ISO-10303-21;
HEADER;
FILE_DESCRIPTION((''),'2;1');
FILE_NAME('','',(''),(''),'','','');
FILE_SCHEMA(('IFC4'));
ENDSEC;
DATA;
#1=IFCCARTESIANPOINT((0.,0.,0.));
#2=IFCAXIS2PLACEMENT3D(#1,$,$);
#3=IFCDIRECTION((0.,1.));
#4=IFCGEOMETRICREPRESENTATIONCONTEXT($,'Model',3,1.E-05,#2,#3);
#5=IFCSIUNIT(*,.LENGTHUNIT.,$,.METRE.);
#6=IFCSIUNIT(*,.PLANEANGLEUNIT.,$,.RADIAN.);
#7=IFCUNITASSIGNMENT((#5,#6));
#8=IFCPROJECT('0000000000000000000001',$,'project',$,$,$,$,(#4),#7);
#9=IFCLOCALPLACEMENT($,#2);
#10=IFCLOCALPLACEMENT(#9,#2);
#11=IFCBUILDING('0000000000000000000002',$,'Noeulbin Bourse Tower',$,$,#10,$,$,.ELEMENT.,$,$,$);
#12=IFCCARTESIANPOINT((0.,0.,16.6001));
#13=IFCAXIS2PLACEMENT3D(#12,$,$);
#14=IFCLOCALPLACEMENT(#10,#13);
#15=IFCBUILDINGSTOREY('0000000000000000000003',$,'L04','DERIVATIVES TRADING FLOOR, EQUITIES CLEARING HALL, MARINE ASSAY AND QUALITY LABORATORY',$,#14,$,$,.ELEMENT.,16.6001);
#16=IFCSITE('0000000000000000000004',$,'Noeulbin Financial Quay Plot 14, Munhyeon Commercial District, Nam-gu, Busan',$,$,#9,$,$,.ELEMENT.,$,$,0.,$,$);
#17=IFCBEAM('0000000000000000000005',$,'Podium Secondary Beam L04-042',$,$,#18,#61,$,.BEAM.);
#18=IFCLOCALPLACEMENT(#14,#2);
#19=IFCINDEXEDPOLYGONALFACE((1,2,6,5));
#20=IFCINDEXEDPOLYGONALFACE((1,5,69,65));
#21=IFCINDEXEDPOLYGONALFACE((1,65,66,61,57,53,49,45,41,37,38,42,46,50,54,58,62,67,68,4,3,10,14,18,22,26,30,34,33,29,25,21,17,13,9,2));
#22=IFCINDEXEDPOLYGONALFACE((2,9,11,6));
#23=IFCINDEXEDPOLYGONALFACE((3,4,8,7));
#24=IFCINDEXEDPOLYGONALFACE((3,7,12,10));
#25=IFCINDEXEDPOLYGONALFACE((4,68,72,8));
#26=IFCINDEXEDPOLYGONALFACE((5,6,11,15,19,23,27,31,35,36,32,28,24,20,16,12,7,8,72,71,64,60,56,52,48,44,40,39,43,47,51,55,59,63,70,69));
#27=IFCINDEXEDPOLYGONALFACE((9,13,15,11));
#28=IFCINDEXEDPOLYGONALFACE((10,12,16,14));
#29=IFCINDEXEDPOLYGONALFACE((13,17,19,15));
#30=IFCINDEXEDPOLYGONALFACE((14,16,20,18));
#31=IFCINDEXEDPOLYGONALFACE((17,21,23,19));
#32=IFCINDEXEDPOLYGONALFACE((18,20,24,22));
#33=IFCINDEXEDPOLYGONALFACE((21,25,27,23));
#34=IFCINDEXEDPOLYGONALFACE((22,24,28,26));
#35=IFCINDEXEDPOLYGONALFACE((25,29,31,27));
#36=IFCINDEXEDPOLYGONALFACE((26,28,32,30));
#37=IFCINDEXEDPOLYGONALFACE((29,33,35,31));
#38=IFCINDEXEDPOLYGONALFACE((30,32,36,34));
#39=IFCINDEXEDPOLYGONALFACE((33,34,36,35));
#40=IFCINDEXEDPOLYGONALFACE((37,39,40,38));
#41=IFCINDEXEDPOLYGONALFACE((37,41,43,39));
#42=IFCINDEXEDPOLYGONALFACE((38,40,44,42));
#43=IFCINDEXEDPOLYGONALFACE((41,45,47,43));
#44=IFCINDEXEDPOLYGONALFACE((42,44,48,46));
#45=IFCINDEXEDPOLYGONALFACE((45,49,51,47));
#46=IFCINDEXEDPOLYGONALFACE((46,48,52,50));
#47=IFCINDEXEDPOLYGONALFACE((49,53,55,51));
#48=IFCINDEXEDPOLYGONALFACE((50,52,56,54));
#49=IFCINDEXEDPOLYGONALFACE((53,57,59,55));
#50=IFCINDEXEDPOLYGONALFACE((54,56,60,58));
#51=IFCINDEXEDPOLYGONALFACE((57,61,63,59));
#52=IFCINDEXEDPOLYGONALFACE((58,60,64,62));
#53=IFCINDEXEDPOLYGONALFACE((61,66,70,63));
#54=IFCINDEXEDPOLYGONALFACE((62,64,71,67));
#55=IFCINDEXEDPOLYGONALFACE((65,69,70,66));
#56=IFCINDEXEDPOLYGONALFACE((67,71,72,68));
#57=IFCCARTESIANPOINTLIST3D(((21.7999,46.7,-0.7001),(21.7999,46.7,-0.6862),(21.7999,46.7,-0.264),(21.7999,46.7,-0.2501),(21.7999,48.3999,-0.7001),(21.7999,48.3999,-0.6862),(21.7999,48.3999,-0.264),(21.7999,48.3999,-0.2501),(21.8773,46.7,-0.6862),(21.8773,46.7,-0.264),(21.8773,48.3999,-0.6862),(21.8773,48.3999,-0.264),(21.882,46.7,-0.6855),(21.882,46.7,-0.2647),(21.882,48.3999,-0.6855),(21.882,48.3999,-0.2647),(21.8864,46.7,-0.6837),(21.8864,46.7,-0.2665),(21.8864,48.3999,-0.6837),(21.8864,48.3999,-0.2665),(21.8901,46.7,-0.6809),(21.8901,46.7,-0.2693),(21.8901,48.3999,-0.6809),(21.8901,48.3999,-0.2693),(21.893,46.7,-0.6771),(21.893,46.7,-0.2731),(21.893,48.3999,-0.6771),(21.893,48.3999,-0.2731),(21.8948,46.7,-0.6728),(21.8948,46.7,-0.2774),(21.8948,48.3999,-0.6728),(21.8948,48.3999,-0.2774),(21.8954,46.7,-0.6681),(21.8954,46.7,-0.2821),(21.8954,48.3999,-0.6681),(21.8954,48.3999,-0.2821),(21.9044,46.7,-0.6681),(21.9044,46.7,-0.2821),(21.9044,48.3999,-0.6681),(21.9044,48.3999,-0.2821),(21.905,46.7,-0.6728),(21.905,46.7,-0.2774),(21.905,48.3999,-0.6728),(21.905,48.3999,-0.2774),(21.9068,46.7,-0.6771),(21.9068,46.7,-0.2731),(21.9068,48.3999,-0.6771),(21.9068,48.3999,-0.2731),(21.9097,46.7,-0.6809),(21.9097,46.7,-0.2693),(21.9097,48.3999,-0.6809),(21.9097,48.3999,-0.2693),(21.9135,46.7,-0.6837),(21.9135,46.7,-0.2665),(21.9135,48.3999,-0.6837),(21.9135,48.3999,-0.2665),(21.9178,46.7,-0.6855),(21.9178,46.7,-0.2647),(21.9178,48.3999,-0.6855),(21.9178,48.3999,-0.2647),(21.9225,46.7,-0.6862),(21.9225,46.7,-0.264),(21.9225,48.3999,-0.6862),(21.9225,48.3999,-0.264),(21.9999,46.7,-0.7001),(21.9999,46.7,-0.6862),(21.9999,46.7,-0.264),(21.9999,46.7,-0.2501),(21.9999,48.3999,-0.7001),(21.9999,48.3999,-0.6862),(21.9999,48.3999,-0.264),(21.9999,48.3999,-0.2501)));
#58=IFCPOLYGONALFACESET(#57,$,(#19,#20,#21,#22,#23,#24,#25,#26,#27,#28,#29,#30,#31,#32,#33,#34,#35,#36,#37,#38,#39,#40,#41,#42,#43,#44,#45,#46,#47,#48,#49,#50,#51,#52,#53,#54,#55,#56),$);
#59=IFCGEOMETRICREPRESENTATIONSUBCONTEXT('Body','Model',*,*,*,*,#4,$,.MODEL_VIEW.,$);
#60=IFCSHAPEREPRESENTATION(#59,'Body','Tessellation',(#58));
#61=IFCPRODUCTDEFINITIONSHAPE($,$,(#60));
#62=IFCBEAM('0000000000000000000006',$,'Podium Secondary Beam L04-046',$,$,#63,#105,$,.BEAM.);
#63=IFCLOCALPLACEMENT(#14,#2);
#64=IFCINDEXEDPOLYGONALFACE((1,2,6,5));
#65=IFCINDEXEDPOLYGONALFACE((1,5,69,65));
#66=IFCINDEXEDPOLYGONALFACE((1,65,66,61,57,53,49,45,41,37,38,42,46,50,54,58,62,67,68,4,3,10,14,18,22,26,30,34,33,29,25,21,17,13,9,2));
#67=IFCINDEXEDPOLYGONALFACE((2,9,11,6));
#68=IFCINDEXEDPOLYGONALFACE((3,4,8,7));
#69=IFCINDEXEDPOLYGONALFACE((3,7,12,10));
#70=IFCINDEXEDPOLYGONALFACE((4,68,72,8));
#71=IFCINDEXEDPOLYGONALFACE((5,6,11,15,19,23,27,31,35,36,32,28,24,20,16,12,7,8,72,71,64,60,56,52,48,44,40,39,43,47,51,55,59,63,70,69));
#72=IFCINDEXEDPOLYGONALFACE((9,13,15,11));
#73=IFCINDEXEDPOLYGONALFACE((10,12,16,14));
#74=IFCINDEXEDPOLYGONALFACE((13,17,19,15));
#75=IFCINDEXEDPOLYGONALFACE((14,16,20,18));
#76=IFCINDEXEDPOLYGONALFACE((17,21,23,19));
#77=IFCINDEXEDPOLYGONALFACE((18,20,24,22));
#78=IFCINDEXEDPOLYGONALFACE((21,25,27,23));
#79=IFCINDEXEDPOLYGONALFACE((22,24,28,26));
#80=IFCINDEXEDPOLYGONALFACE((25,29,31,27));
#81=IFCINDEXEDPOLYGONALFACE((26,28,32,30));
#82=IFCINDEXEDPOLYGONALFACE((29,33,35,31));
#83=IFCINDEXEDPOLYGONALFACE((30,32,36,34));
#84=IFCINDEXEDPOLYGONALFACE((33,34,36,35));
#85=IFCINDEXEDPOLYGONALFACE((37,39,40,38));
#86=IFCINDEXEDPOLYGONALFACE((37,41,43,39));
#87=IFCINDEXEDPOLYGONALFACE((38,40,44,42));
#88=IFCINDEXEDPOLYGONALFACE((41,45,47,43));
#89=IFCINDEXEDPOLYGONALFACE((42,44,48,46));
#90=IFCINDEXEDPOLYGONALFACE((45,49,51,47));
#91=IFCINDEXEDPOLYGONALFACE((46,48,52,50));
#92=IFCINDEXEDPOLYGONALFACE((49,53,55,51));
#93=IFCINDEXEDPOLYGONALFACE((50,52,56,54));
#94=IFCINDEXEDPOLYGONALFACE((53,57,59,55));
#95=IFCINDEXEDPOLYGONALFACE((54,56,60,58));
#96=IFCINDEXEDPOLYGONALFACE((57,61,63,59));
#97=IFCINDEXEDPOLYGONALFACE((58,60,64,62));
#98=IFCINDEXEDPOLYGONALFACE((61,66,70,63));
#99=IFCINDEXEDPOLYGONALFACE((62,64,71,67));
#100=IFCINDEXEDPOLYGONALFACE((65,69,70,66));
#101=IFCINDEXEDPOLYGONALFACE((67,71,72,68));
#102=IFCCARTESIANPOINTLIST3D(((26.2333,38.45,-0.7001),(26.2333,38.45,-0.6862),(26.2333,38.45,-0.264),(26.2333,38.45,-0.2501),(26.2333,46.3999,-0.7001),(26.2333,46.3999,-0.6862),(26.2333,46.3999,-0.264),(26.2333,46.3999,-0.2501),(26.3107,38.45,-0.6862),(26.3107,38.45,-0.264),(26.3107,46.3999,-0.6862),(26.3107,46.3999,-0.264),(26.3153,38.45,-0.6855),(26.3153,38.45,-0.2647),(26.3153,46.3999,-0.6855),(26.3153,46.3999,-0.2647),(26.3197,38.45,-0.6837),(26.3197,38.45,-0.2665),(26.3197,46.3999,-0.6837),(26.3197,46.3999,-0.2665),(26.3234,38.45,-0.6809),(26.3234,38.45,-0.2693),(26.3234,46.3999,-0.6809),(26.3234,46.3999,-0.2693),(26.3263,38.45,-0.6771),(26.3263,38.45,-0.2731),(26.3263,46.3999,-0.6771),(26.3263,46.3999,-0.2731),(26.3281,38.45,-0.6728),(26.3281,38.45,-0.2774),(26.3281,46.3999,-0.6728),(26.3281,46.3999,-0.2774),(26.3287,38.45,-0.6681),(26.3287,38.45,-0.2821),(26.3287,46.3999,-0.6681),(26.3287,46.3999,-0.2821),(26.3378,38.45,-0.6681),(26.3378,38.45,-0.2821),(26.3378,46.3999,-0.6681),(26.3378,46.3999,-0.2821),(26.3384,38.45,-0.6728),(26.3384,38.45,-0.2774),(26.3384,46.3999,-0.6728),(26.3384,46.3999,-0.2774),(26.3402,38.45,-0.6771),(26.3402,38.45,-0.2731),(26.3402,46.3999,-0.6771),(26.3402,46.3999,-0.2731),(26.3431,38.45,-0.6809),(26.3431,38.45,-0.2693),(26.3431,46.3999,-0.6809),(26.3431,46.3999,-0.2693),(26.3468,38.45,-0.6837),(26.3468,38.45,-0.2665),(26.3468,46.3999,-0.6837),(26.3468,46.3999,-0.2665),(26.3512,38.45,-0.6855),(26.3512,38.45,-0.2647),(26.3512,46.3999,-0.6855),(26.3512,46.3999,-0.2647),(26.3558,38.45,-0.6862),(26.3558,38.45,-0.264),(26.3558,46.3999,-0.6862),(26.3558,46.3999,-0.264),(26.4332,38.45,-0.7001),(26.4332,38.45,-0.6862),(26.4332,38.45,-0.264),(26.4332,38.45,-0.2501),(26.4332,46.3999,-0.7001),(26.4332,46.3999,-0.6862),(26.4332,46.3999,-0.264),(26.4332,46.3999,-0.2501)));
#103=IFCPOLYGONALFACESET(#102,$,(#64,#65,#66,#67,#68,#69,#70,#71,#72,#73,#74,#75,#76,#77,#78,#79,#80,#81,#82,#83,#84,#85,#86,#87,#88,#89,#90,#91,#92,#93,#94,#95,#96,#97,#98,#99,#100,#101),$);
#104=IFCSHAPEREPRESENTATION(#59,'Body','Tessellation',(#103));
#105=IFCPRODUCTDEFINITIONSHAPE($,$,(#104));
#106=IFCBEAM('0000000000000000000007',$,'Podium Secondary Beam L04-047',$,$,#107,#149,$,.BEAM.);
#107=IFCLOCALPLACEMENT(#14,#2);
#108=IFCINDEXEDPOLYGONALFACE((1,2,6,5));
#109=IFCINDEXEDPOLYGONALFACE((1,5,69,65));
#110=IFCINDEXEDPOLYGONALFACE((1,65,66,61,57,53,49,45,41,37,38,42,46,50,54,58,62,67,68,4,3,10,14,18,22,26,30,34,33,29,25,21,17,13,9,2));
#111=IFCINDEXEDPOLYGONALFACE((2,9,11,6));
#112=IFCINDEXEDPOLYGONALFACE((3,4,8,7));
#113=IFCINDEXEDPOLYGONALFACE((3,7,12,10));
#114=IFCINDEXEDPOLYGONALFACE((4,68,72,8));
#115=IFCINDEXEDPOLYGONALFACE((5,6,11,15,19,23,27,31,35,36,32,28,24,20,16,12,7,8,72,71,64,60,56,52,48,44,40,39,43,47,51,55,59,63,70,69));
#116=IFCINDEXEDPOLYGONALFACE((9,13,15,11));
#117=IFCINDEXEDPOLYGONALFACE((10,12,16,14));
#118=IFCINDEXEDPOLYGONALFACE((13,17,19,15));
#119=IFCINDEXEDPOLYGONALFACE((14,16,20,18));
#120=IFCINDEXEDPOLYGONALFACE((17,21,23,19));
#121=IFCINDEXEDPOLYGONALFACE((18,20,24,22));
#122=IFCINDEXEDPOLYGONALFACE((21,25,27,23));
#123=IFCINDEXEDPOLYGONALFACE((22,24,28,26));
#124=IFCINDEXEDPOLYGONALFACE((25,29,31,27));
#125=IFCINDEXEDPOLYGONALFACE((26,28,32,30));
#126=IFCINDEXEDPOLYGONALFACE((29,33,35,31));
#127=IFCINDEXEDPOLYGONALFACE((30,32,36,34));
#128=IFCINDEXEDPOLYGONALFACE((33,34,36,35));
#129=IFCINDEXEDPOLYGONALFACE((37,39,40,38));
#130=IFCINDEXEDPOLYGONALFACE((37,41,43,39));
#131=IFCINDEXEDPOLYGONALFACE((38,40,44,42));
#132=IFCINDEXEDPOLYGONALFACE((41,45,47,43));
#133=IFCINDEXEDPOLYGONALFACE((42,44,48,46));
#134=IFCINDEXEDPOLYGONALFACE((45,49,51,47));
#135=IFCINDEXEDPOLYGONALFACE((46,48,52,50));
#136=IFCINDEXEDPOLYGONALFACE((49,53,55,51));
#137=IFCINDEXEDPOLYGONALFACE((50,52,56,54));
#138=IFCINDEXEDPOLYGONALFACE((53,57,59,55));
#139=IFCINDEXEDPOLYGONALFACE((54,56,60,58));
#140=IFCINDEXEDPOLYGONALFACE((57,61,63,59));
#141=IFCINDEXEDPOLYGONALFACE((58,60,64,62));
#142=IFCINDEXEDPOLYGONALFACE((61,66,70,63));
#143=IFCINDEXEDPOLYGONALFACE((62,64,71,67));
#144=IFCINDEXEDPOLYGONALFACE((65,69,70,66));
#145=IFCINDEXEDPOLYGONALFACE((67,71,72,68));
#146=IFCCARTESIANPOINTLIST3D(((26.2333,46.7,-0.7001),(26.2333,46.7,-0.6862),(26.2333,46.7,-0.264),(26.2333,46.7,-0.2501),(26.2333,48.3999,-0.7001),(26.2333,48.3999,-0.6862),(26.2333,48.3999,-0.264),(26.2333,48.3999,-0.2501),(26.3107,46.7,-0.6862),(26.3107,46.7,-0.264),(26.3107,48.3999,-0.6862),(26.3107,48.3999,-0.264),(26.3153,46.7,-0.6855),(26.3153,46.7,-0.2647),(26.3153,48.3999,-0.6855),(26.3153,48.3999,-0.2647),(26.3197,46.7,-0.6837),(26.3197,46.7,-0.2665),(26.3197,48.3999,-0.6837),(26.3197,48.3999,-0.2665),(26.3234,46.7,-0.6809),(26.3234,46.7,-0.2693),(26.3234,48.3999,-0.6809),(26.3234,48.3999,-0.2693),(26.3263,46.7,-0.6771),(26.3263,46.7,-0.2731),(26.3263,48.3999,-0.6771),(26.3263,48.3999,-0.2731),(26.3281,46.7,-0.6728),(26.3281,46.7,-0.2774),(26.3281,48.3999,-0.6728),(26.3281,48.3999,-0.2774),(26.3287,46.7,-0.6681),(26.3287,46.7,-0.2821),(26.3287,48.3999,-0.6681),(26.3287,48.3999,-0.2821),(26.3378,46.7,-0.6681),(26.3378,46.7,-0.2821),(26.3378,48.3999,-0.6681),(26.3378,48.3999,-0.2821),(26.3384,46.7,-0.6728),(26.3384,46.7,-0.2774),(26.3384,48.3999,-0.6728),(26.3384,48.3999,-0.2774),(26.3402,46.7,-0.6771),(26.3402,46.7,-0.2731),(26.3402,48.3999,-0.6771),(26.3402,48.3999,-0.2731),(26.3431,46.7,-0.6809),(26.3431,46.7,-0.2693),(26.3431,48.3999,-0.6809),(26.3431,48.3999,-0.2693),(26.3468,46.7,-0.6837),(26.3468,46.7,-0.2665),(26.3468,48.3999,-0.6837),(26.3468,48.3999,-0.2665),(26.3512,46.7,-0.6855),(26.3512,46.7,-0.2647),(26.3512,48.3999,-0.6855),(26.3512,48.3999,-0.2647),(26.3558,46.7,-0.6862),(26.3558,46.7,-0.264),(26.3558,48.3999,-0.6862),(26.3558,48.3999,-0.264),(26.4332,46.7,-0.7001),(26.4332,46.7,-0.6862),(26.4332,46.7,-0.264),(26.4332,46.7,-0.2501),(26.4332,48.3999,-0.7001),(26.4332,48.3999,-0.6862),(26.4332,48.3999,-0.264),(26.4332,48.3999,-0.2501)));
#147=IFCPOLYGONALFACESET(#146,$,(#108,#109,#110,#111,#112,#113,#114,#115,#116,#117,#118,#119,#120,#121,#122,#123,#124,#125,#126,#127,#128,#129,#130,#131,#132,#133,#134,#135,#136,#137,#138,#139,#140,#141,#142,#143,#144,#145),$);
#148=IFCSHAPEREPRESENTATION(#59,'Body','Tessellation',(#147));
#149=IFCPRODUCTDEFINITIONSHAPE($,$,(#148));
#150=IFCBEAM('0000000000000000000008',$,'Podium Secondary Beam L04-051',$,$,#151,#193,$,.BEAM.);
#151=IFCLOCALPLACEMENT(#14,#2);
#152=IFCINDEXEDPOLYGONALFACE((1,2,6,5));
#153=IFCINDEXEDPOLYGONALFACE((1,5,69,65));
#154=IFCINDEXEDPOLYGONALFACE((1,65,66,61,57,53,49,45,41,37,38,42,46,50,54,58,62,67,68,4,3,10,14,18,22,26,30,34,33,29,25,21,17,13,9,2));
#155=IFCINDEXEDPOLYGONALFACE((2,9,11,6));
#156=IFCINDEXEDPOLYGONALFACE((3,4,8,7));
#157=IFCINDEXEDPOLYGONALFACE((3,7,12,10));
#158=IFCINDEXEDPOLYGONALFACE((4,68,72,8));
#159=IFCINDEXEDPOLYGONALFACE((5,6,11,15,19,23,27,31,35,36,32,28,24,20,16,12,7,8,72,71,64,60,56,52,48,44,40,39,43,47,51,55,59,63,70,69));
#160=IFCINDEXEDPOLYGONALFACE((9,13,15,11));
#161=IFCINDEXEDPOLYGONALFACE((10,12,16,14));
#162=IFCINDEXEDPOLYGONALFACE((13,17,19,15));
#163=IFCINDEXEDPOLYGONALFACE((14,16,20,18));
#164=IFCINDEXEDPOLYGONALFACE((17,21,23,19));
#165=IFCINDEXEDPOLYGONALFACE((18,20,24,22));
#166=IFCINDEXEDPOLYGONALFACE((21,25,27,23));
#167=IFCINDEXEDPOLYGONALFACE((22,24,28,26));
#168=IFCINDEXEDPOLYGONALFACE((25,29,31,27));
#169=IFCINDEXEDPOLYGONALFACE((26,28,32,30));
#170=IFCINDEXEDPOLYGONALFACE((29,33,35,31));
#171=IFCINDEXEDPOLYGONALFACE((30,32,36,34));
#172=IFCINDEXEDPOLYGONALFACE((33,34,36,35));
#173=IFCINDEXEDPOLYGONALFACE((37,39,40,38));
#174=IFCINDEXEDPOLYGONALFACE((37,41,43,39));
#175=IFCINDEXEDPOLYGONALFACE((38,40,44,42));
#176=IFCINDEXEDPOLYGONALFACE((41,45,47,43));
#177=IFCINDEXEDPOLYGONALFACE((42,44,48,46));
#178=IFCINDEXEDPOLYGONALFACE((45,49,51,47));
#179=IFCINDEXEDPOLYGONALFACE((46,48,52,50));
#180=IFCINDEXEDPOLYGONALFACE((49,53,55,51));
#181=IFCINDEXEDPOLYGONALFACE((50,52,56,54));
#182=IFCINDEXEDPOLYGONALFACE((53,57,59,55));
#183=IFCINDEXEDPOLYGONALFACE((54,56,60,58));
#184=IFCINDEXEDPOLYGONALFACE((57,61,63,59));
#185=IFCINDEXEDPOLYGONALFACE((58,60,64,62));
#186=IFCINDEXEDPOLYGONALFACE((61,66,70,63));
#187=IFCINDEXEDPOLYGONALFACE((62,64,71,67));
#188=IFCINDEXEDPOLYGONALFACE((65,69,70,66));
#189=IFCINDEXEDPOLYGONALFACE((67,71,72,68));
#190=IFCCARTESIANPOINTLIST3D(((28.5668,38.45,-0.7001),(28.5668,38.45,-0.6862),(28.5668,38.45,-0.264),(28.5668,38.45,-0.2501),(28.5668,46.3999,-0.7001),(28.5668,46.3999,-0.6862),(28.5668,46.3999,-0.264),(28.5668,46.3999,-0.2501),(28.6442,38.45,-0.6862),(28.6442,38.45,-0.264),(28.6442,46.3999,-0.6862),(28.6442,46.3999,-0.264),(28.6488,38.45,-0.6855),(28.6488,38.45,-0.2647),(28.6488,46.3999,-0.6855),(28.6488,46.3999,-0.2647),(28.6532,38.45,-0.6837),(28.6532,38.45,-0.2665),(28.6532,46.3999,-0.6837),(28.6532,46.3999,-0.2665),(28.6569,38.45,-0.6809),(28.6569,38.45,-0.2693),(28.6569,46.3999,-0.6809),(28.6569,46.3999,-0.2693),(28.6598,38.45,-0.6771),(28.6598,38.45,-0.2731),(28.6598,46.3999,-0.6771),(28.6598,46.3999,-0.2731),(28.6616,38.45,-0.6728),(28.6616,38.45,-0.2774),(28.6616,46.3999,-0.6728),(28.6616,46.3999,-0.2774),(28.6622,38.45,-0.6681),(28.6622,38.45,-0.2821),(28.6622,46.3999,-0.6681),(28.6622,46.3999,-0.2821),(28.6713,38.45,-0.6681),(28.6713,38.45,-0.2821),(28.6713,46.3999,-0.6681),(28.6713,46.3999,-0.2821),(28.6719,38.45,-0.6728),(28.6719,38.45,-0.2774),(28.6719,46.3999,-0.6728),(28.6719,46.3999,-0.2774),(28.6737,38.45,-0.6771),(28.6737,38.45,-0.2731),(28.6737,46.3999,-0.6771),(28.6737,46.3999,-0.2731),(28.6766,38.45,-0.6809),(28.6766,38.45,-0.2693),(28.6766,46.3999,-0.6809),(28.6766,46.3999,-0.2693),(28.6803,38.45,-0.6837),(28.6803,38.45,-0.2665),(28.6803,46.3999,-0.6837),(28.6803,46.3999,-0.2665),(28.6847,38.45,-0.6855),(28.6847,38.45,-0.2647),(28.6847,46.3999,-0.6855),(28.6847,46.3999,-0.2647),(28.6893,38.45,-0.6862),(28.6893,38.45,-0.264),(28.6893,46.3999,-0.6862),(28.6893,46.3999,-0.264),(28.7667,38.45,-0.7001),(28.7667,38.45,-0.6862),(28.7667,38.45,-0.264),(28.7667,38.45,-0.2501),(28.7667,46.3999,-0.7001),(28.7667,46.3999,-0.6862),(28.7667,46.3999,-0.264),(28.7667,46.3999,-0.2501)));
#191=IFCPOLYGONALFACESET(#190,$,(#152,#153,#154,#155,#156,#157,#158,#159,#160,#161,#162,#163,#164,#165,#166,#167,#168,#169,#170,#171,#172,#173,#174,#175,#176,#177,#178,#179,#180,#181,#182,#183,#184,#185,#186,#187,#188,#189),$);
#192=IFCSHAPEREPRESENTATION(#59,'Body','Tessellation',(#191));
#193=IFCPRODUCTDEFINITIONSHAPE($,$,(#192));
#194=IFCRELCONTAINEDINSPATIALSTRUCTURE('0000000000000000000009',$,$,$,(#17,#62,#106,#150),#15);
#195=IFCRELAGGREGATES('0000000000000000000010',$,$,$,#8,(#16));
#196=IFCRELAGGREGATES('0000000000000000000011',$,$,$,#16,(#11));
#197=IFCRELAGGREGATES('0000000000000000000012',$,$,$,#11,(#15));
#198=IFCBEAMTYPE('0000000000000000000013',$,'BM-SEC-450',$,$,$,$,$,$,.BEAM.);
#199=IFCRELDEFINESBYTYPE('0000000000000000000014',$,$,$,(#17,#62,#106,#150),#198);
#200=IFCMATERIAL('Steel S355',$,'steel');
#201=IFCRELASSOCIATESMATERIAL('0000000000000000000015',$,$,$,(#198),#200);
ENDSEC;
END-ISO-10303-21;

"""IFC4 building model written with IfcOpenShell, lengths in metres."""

from ifc_helpers import new_model, si_unit, direction, frame, origin, origin_2d, place, context, subcontext, project, spatial, i_section, extrude, material, material_profile, profile_set, type_object, element, save


model = new_model("IFC4")

# Units and contexts
model_context = context("Model", 3, precision=1e-05, world=origin(), true_north=direction((0.0, 1.0)))
body_context = subcontext(model_context, "Body", "Model", "MODEL_VIEW")
ifc_project = project(units=[si_unit("LENGTHUNIT", "METRE"), si_unit("PLANEANGLEUNIT", "RADIAN")], contexts=[model_context])

# Site, building, storey
site_placement = place(None, origin())
site = spatial("IfcSite", under=ifc_project, at=site_placement, Name="Noeulbin Financial Quay Plot 14, Munhyeon Commercial District, Nam-gu, Busan", CompositionType="ELEMENT", RefElevation=0.0)
building_placement = place(site_placement, origin())
building = spatial("IfcBuilding", under=site, at=building_placement, Name="Noeulbin Bourse Tower", CompositionType="ELEMENT")
storey_placement = place(building_placement, frame((0.0, 0.0, 16.6001)))
storey = spatial("IfcBuildingStorey", under=building, at=storey_placement, Name="L04", Description="DERIVATIVES TRADING FLOOR, EQUITIES CLEARING HALL, MARINE ASSAY AND QUALITY LABORATORY", CompositionType="ELEMENT", Elevation=16.6001)

# Beams
ifc_material_1 = material(Name="Steel S355", Category="steel")
ifc_material_profile_1 = material_profile(ifc_material_1, i_section(OverallWidth=0.2, OverallDepth=0.45, WebThickness=0.009, FlangeThickness=0.0139, FilletRadius=0.0181, at=origin_2d()), Name="H-450x200x9x14", Category="LoadBearing")
ifc_profile_set_1 = profile_set([ifc_material_profile_1], Name="Steel S355")
beam_type_1 = type_object("IfcBeamType", Name="BM-SEC-450", PredefinedType="BEAM", material=ifc_profile_set_1)
beam_1_placement = place(storey_placement, frame((21.8999, 46.7, -0.4751), z_axis=(0.0, 1.0, 0.0), x_axis=(-1.0, 0.0, 0.0)))
element("IfcBeam", 1, at=beam_1_placement, inside=storey, type_object=beam_type_1, Name="Podium Secondary Beam L04-042", PredefinedType="BEAM", context=body_context, shape_type="SweptSolid", body=[
    extrude(i_section(OverallWidth=0.2, OverallDepth=0.45, WebThickness=0.009, FlangeThickness=0.0139, FilletRadius=0.0181, at=origin_2d()), origin(), (0.0, 0.0, 1.0), 1.7),
])
beam_2_placement = place(storey_placement, frame((26.3333, 38.45, -0.4751), z_axis=(0.0, 1.0, 0.0), x_axis=(-1.0, 0.0, 0.0)))
element("IfcBeam", 2, at=beam_2_placement, inside=storey, type_object=beam_type_1, Name="Podium Secondary Beam L04-046", PredefinedType="BEAM", context=body_context, shape_type="SweptSolid", body=[
    extrude(i_section(OverallWidth=0.2, OverallDepth=0.45, WebThickness=0.009, FlangeThickness=0.0139, FilletRadius=0.0181, at=origin_2d()), origin(), (0.0, 0.0, 1.0), 7.95),
])
beam_3_placement = place(storey_placement, frame((26.3333, 46.7, -0.4751), z_axis=(0.0, 1.0, 0.0), x_axis=(-1.0, 0.0, 0.0)))
element("IfcBeam", 3, at=beam_3_placement, inside=storey, type_object=beam_type_1, Name="Podium Secondary Beam L04-047", PredefinedType="BEAM", context=body_context, shape_type="SweptSolid", body=[
    extrude(i_section(OverallWidth=0.2, OverallDepth=0.45, WebThickness=0.009, FlangeThickness=0.0139, FilletRadius=0.0181, at=origin_2d()), origin(), (0.0, 0.0, 1.0), 1.7),
])
beam_4_placement = place(storey_placement, frame((28.6667, 38.45, -0.4751), z_axis=(0.0, 1.0, 0.0), x_axis=(-1.0, 0.0, 0.0)))
element("IfcBeam", 4, at=beam_4_placement, inside=storey, type_object=beam_type_1, Name="Podium Secondary Beam L04-051", PredefinedType="BEAM", context=body_context, shape_type="SweptSolid", body=[
    extrude(i_section(OverallWidth=0.2, OverallDepth=0.45, WebThickness=0.009, FlangeThickness=0.0139, FilletRadius=0.0181, at=origin_2d()), origin(), (0.0, 0.0, 1.0), 7.95),
])

save(model, "model.ifc")
